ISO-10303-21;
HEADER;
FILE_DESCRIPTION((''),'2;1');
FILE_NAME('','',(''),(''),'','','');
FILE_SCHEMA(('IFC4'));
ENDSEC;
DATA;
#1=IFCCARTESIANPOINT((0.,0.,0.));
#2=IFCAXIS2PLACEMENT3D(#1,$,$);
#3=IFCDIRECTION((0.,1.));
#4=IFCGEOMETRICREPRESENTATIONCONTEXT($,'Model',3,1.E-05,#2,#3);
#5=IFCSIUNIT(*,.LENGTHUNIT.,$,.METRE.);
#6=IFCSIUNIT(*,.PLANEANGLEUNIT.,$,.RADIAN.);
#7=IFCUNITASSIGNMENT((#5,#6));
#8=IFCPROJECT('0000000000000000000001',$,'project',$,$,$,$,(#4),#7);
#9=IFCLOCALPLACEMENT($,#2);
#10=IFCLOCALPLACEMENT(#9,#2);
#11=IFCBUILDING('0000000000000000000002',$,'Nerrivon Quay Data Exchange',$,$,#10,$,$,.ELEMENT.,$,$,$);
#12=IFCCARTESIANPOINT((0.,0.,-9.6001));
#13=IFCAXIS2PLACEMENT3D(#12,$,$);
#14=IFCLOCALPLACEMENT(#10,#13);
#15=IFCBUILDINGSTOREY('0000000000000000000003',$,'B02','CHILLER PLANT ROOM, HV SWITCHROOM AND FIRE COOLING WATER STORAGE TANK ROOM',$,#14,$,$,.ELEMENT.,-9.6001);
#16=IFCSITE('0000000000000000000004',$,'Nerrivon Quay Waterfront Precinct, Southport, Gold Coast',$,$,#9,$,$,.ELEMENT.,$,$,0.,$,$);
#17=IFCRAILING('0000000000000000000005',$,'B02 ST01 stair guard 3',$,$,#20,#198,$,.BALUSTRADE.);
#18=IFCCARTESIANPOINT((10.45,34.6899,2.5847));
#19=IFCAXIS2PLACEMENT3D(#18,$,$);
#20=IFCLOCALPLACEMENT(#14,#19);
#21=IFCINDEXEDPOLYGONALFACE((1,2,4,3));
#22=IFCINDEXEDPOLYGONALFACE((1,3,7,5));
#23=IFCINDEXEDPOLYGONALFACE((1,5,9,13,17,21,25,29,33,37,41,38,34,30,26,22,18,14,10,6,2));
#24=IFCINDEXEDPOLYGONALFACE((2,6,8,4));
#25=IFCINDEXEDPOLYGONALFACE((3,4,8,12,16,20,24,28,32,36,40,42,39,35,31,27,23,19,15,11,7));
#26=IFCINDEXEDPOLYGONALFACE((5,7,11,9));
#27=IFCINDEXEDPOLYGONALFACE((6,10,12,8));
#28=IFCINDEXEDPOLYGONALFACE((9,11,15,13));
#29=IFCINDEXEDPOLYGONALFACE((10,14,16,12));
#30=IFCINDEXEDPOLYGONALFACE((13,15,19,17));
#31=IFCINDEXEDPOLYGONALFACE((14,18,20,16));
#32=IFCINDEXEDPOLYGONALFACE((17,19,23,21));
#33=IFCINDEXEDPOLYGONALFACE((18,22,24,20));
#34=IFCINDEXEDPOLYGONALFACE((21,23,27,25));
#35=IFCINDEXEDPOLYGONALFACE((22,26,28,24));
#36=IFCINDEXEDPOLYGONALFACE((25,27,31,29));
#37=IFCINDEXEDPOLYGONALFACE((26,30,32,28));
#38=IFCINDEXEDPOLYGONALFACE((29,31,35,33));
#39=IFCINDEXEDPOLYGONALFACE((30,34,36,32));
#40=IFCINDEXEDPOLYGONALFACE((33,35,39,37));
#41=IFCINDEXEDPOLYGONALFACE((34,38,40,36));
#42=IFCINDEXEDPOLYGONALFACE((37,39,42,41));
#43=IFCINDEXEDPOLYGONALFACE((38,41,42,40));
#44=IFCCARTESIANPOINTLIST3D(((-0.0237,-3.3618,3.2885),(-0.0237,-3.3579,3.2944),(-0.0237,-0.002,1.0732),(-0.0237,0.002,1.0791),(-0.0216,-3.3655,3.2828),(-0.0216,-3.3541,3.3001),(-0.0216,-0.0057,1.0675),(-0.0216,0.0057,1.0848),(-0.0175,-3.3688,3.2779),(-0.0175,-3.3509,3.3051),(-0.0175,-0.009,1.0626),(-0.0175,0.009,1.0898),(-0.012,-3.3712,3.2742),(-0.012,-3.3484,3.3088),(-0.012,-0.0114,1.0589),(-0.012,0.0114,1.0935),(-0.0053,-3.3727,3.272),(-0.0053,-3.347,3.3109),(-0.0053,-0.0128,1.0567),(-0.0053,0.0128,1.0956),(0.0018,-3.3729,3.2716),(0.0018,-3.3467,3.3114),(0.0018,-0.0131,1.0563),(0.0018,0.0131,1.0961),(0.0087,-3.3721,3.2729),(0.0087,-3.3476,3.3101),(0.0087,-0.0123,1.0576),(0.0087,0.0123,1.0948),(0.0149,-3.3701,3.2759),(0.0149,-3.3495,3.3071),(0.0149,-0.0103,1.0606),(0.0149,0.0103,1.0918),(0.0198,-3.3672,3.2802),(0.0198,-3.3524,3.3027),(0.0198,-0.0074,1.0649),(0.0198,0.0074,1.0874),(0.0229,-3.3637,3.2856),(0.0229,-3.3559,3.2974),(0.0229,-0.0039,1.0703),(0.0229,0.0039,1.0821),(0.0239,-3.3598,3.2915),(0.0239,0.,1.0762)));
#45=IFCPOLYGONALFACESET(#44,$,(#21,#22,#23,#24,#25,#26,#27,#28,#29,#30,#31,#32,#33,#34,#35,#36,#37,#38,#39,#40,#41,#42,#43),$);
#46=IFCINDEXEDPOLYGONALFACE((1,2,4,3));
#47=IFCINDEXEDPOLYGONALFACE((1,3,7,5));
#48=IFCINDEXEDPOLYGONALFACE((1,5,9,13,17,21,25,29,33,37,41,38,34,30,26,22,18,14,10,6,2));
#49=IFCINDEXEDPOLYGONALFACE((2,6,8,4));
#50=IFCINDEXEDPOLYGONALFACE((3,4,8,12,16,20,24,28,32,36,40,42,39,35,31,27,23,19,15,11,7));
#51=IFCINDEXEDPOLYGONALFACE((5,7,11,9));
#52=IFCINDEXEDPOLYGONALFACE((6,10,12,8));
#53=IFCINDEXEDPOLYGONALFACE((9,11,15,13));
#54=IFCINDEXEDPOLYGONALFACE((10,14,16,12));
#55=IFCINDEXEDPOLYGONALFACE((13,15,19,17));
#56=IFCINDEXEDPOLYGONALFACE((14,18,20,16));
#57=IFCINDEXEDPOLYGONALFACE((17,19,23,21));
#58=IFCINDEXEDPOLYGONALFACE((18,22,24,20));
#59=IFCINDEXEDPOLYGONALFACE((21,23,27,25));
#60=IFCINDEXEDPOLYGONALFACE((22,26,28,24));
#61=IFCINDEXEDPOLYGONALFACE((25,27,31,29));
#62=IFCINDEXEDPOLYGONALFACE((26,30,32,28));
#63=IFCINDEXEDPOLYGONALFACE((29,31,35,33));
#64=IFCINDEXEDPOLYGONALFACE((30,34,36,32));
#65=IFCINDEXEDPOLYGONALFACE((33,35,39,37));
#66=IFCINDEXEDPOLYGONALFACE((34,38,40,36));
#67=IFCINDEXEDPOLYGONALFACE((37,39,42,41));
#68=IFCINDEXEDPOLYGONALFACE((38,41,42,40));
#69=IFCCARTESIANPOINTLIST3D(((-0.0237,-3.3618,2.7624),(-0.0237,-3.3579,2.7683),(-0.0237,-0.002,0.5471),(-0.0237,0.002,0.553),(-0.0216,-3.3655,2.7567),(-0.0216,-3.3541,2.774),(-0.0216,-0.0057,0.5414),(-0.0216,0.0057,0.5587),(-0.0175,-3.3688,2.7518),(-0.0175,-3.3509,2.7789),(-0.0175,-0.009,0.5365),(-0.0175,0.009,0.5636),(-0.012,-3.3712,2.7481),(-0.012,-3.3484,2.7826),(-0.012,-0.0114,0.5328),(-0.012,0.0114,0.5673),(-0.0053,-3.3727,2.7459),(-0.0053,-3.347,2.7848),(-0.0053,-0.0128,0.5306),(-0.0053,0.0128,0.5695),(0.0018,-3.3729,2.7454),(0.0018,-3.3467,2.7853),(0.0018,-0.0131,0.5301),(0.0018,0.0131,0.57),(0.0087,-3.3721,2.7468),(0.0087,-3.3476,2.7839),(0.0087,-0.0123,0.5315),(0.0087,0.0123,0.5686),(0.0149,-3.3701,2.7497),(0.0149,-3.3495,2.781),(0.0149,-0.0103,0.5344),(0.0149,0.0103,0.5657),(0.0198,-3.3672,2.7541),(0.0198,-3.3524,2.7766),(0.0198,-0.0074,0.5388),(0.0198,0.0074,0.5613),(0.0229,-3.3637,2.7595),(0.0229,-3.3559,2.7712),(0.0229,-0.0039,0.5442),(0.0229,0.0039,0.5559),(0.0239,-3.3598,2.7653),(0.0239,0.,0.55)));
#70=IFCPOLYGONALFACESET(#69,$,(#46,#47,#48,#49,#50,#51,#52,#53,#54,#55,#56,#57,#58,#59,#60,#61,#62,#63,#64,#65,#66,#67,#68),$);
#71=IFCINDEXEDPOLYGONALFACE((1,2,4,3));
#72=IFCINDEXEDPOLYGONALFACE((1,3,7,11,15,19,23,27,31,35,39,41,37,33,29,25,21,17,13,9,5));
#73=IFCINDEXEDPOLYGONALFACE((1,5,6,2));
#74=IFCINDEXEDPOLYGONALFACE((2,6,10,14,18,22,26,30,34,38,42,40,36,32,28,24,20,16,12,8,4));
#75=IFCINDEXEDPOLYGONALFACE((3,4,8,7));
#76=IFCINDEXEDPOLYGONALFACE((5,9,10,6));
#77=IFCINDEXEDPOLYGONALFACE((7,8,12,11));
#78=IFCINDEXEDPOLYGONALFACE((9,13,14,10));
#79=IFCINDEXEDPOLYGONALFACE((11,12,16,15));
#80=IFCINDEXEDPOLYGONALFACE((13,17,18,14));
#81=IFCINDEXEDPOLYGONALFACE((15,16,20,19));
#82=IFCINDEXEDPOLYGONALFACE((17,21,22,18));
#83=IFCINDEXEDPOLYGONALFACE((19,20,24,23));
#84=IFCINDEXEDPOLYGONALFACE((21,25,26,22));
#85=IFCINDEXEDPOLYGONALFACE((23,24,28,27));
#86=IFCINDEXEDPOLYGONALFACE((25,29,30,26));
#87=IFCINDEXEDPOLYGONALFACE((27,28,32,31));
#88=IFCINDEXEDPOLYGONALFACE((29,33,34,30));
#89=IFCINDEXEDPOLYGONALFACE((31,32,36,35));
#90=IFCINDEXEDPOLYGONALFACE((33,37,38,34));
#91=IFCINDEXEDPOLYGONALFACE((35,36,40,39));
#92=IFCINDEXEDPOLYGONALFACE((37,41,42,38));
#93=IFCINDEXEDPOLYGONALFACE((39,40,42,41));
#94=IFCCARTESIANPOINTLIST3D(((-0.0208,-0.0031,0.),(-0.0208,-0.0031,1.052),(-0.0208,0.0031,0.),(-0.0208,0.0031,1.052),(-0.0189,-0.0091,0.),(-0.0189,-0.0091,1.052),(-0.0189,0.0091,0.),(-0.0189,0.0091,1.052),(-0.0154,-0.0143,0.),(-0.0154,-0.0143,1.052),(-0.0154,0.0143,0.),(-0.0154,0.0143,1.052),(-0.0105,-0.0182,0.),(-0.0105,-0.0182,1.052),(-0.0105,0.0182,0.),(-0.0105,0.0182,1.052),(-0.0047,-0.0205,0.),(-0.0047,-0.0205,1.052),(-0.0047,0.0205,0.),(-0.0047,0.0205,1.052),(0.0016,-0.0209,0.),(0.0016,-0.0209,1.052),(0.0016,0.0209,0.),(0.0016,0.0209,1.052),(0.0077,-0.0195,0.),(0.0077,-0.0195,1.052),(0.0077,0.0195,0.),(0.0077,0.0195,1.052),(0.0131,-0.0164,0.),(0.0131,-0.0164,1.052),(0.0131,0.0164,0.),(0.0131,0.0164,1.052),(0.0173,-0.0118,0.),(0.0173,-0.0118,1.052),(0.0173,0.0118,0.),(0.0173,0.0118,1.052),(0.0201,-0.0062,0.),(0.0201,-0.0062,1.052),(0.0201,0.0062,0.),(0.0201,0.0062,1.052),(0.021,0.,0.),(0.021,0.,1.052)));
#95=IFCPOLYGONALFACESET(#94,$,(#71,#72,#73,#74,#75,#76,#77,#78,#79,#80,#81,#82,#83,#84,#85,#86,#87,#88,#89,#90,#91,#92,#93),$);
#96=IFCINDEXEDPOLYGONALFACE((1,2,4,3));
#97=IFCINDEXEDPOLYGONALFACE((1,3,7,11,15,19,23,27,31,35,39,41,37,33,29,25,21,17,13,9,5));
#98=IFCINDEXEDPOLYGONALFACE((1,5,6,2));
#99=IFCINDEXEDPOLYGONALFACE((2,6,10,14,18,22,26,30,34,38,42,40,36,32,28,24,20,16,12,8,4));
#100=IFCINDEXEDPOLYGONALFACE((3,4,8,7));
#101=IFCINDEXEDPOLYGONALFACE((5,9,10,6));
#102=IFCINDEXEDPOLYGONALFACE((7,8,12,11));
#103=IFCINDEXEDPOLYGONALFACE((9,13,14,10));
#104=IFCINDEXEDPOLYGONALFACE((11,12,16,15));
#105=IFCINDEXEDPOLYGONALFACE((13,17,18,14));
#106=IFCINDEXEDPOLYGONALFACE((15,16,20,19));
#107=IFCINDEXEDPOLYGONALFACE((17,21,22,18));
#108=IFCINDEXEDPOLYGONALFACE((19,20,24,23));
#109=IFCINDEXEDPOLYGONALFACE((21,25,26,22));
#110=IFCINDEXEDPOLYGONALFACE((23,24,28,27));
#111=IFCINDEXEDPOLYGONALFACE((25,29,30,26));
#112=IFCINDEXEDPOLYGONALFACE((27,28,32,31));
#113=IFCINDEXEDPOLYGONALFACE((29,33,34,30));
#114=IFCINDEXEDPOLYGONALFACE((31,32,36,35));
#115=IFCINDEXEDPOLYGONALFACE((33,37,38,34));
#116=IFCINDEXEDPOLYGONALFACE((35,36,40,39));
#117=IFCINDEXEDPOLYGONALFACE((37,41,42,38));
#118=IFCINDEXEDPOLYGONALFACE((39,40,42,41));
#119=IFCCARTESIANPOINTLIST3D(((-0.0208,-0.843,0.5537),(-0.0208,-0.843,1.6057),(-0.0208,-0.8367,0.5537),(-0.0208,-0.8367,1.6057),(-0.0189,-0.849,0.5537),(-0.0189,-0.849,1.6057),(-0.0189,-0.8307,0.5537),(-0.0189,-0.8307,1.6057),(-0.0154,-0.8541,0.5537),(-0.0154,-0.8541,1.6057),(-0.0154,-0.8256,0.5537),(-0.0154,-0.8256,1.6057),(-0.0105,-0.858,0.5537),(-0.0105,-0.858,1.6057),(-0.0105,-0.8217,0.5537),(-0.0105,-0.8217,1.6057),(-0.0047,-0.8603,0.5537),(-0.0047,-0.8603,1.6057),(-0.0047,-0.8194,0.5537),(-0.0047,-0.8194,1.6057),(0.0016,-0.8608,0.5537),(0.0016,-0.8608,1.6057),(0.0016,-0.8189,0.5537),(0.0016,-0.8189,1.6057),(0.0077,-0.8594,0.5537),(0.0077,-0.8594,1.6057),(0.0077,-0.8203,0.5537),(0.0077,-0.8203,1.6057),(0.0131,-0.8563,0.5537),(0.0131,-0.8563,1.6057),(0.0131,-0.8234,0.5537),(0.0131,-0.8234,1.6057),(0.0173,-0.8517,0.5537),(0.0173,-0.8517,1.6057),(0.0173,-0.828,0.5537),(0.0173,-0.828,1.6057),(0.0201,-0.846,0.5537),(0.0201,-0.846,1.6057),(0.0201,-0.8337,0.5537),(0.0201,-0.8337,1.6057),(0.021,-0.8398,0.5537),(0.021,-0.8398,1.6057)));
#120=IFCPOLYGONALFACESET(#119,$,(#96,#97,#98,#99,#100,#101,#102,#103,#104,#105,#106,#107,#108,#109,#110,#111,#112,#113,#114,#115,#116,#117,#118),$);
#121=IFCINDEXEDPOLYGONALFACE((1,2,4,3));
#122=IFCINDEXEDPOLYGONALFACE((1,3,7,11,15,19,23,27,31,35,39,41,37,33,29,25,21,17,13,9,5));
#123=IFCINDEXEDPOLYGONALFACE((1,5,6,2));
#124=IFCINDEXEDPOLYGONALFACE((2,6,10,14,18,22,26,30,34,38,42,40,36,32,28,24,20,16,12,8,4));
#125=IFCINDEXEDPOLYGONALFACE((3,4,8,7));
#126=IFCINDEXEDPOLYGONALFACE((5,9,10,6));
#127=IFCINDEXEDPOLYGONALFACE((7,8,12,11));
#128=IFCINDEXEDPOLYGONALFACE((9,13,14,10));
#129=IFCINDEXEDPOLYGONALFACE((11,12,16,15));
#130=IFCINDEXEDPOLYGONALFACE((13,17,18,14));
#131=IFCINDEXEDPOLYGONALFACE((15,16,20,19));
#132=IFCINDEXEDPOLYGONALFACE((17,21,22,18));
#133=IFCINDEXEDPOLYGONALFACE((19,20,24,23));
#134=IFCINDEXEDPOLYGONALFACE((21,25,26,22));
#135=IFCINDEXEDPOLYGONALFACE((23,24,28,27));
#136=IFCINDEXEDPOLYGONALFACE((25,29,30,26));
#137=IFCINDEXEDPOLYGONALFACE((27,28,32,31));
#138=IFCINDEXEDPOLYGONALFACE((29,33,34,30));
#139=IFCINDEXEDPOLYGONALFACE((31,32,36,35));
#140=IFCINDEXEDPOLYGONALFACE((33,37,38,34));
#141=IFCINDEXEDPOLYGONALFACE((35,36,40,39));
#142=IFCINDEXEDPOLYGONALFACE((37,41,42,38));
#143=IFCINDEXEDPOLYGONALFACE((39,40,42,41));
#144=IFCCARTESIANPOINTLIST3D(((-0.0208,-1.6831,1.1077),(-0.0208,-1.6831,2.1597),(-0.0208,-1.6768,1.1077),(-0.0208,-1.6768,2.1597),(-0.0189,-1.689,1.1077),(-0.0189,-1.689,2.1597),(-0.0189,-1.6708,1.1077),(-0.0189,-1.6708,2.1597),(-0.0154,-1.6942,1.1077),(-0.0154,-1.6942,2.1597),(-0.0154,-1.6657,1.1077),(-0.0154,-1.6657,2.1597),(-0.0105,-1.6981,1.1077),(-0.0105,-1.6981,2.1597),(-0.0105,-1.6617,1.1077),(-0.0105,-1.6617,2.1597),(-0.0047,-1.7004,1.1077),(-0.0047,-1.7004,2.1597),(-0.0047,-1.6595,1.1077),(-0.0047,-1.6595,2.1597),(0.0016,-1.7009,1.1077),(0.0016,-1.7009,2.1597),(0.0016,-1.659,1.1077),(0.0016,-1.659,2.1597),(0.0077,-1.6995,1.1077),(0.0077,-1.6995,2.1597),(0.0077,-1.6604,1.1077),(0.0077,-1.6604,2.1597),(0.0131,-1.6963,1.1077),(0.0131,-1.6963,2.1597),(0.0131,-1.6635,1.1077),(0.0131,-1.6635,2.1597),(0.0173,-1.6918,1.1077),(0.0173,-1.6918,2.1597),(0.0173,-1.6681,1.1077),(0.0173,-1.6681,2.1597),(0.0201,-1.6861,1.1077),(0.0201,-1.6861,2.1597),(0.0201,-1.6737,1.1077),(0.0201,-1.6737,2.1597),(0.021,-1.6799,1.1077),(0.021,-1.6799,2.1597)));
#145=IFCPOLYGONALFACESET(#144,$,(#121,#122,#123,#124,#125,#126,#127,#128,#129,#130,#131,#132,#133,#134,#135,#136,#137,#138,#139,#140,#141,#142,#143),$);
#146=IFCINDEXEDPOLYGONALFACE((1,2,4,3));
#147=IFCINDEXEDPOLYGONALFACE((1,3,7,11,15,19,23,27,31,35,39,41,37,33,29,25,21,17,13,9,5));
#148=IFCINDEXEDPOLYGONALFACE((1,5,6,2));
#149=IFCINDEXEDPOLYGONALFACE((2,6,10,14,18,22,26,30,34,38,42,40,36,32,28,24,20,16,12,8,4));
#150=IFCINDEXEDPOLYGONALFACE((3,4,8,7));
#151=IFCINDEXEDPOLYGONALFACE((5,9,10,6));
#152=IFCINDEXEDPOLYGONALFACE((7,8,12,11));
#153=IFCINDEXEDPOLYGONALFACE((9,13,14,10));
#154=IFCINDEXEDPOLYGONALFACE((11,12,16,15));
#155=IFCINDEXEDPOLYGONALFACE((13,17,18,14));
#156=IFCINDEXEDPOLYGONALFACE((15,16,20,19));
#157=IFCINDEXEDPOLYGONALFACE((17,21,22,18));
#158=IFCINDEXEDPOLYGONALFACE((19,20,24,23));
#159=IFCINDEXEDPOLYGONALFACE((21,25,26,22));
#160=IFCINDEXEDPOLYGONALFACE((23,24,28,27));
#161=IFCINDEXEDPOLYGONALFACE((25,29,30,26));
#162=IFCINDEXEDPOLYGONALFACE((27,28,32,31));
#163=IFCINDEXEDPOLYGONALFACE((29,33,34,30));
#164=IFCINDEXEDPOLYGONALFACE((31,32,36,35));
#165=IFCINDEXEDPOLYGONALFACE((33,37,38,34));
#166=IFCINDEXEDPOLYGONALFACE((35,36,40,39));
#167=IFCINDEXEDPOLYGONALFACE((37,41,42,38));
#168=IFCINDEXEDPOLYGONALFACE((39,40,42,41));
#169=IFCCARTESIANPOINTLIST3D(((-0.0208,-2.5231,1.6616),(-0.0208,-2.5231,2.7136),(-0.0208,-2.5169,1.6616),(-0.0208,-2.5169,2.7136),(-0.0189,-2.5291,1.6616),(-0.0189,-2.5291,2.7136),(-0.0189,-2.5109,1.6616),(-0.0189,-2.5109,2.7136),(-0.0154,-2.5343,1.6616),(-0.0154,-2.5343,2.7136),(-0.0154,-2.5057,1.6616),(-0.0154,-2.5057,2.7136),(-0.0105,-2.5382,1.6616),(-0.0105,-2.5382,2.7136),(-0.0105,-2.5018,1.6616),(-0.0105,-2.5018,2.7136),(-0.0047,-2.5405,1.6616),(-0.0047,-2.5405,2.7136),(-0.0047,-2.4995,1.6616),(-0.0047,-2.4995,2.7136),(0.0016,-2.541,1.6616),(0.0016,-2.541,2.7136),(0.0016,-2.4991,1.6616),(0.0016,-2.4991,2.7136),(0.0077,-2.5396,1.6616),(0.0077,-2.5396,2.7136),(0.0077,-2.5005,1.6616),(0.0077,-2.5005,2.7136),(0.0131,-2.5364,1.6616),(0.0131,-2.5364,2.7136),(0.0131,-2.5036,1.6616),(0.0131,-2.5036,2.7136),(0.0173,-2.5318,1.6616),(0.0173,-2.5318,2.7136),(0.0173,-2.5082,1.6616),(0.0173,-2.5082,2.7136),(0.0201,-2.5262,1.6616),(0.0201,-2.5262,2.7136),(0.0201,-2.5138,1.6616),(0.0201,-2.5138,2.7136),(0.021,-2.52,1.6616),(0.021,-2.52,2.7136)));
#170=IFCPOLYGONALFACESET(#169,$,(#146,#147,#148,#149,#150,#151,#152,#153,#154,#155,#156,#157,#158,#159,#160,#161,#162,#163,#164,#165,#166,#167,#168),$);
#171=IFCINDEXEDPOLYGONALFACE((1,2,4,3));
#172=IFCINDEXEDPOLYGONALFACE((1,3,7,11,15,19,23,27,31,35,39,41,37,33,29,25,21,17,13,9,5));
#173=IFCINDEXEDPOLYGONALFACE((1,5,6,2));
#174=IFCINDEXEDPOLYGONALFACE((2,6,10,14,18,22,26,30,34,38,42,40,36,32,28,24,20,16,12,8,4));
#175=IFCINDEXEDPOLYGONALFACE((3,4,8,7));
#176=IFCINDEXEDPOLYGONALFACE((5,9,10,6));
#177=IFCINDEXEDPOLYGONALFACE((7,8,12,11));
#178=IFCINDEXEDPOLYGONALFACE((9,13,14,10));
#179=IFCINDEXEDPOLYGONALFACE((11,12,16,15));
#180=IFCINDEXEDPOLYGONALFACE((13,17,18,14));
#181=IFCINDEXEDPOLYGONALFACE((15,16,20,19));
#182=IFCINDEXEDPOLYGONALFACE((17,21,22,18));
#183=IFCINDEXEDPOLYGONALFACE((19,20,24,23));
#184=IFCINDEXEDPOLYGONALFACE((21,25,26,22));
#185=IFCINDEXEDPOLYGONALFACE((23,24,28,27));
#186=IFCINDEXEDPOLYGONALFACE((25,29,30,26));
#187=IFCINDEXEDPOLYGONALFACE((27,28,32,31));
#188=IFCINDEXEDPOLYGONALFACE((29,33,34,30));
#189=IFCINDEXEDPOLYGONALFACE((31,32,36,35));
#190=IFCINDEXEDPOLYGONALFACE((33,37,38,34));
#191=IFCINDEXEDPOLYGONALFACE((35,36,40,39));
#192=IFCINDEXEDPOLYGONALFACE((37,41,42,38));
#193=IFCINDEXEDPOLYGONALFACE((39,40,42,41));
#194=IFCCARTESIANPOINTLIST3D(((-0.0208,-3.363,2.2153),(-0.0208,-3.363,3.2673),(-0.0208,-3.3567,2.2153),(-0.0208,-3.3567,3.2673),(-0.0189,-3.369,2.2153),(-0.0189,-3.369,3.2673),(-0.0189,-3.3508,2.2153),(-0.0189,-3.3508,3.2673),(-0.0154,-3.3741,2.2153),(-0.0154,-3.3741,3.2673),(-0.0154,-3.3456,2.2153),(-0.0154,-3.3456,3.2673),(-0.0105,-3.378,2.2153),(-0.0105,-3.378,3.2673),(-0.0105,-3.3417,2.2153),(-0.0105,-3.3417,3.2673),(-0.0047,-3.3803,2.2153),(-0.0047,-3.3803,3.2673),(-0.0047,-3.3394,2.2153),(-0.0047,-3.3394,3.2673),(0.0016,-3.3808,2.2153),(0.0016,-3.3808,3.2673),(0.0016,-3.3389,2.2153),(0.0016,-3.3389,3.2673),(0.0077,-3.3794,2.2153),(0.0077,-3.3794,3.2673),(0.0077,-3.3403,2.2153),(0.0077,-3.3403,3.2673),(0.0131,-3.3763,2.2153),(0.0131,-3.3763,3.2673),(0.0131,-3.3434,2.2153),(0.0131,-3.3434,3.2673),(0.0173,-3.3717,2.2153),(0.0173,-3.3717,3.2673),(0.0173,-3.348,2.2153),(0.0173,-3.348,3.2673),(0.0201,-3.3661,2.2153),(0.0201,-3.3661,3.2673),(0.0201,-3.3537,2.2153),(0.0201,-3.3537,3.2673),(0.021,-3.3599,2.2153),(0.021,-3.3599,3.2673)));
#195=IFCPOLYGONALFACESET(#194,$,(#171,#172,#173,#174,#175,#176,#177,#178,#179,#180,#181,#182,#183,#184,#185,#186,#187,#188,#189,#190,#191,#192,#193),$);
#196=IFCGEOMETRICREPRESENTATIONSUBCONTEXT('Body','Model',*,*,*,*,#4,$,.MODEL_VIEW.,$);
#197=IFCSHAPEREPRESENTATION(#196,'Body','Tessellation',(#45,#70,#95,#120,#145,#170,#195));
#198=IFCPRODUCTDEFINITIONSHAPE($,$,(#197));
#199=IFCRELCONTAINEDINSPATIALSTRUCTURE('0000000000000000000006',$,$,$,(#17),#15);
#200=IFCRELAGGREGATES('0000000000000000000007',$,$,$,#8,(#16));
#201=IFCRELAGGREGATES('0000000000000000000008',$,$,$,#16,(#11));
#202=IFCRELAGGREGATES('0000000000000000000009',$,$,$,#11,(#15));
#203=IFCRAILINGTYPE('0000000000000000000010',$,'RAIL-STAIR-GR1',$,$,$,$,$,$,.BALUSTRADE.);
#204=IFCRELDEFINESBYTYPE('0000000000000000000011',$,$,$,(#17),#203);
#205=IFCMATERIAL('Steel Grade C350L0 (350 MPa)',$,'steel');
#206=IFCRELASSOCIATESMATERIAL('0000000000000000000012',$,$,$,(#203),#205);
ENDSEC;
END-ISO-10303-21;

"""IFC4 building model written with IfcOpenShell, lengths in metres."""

from ifc_helpers import new_model, si_unit, direction, frame, origin, origin_2d, place, context, subcontext, project, spatial, circle, extrude, material, type_object, element, save


model = new_model("IFC4")

# Units and contexts
model_context = context("Model", 3, precision=1e-05, world=origin(), true_north=direction((0.0, 1.0)))
body_context = subcontext(model_context, "Body", "Model", "MODEL_VIEW")
ifc_project = project(units=[si_unit("LENGTHUNIT", "METRE"), si_unit("PLANEANGLEUNIT", "RADIAN")], contexts=[model_context])

# Site, building, storey
site_placement = place(None, origin())
site = spatial("IfcSite", under=ifc_project, at=site_placement, Name="Nerrivon Quay Waterfront Precinct, Southport, Gold Coast", CompositionType="ELEMENT", RefElevation=0.0)
building_placement = place(site_placement, origin())
building = spatial("IfcBuilding", under=site, at=building_placement, Name="Nerrivon Quay Data Exchange", CompositionType="ELEMENT")
storey_placement = place(building_placement, frame((0.0, 0.0, -9.6001)))
storey = spatial("IfcBuildingStorey", under=building, at=storey_placement, Name="B02", Description="CHILLER PLANT ROOM, HV SWITCHROOM AND FIRE COOLING WATER STORAGE TANK ROOM", CompositionType="ELEMENT", Elevation=-9.6001)

# Railing
ifc_material_1 = material(Name="Steel Grade C350L0 (350 MPa)", Category="steel")
railing_type_1 = type_object("IfcRailingType", Name="RAIL-STAIR-GR1", PredefinedType="BALUSTRADE", material=ifc_material_1)
railing_1_placement = place(storey_placement, frame((10.45, 34.6899, 2.5847)))
element("IfcRailing", 1, at=railing_1_placement, inside=storey, type_object=railing_type_1, Name="B02 ST01 stair guard 3", PredefinedType="BALUSTRADE", context=body_context, shape_type="SweptSolid", body=[
    extrude(circle(Radius=0.0239, at=origin_2d()), frame((0.0, 0.0, 1.0762), z_axis=(0.0, -0.834858, 0.550465), x_axis=(1.0, 0.0, 0.0)), (0.0, 0.0, 1.0), 4.0244),
    extrude(circle(Radius=0.0239, at=origin_2d()), frame((0.0, 0.0, 0.55), z_axis=(0.0, -0.834858, 0.550465), x_axis=(1.0, 0.0, 0.0)), (0.0, 0.0, 1.0), 4.0244),
    extrude(circle(Radius=0.021, at=origin_2d()), origin(), (0.0, 0.0, 1.0), 1.052),
    extrude(circle(Radius=0.021, at=origin_2d()), frame((0.0, -0.8398, 0.5537)), (0.0, 0.0, 1.0), 1.052),
    extrude(circle(Radius=0.021, at=origin_2d()), frame((0.0, -1.6799, 1.1077)), (0.0, 0.0, 1.0), 1.052),
    extrude(circle(Radius=0.021, at=origin_2d()), frame((0.0, -2.52, 1.6616)), (0.0, 0.0, 1.0), 1.052),
    extrude(circle(Radius=0.021, at=origin_2d()), frame((0.0, -3.3599, 2.2153)), (0.0, 0.0, 1.0), 1.052),
])

save(model, "model.ifc")
